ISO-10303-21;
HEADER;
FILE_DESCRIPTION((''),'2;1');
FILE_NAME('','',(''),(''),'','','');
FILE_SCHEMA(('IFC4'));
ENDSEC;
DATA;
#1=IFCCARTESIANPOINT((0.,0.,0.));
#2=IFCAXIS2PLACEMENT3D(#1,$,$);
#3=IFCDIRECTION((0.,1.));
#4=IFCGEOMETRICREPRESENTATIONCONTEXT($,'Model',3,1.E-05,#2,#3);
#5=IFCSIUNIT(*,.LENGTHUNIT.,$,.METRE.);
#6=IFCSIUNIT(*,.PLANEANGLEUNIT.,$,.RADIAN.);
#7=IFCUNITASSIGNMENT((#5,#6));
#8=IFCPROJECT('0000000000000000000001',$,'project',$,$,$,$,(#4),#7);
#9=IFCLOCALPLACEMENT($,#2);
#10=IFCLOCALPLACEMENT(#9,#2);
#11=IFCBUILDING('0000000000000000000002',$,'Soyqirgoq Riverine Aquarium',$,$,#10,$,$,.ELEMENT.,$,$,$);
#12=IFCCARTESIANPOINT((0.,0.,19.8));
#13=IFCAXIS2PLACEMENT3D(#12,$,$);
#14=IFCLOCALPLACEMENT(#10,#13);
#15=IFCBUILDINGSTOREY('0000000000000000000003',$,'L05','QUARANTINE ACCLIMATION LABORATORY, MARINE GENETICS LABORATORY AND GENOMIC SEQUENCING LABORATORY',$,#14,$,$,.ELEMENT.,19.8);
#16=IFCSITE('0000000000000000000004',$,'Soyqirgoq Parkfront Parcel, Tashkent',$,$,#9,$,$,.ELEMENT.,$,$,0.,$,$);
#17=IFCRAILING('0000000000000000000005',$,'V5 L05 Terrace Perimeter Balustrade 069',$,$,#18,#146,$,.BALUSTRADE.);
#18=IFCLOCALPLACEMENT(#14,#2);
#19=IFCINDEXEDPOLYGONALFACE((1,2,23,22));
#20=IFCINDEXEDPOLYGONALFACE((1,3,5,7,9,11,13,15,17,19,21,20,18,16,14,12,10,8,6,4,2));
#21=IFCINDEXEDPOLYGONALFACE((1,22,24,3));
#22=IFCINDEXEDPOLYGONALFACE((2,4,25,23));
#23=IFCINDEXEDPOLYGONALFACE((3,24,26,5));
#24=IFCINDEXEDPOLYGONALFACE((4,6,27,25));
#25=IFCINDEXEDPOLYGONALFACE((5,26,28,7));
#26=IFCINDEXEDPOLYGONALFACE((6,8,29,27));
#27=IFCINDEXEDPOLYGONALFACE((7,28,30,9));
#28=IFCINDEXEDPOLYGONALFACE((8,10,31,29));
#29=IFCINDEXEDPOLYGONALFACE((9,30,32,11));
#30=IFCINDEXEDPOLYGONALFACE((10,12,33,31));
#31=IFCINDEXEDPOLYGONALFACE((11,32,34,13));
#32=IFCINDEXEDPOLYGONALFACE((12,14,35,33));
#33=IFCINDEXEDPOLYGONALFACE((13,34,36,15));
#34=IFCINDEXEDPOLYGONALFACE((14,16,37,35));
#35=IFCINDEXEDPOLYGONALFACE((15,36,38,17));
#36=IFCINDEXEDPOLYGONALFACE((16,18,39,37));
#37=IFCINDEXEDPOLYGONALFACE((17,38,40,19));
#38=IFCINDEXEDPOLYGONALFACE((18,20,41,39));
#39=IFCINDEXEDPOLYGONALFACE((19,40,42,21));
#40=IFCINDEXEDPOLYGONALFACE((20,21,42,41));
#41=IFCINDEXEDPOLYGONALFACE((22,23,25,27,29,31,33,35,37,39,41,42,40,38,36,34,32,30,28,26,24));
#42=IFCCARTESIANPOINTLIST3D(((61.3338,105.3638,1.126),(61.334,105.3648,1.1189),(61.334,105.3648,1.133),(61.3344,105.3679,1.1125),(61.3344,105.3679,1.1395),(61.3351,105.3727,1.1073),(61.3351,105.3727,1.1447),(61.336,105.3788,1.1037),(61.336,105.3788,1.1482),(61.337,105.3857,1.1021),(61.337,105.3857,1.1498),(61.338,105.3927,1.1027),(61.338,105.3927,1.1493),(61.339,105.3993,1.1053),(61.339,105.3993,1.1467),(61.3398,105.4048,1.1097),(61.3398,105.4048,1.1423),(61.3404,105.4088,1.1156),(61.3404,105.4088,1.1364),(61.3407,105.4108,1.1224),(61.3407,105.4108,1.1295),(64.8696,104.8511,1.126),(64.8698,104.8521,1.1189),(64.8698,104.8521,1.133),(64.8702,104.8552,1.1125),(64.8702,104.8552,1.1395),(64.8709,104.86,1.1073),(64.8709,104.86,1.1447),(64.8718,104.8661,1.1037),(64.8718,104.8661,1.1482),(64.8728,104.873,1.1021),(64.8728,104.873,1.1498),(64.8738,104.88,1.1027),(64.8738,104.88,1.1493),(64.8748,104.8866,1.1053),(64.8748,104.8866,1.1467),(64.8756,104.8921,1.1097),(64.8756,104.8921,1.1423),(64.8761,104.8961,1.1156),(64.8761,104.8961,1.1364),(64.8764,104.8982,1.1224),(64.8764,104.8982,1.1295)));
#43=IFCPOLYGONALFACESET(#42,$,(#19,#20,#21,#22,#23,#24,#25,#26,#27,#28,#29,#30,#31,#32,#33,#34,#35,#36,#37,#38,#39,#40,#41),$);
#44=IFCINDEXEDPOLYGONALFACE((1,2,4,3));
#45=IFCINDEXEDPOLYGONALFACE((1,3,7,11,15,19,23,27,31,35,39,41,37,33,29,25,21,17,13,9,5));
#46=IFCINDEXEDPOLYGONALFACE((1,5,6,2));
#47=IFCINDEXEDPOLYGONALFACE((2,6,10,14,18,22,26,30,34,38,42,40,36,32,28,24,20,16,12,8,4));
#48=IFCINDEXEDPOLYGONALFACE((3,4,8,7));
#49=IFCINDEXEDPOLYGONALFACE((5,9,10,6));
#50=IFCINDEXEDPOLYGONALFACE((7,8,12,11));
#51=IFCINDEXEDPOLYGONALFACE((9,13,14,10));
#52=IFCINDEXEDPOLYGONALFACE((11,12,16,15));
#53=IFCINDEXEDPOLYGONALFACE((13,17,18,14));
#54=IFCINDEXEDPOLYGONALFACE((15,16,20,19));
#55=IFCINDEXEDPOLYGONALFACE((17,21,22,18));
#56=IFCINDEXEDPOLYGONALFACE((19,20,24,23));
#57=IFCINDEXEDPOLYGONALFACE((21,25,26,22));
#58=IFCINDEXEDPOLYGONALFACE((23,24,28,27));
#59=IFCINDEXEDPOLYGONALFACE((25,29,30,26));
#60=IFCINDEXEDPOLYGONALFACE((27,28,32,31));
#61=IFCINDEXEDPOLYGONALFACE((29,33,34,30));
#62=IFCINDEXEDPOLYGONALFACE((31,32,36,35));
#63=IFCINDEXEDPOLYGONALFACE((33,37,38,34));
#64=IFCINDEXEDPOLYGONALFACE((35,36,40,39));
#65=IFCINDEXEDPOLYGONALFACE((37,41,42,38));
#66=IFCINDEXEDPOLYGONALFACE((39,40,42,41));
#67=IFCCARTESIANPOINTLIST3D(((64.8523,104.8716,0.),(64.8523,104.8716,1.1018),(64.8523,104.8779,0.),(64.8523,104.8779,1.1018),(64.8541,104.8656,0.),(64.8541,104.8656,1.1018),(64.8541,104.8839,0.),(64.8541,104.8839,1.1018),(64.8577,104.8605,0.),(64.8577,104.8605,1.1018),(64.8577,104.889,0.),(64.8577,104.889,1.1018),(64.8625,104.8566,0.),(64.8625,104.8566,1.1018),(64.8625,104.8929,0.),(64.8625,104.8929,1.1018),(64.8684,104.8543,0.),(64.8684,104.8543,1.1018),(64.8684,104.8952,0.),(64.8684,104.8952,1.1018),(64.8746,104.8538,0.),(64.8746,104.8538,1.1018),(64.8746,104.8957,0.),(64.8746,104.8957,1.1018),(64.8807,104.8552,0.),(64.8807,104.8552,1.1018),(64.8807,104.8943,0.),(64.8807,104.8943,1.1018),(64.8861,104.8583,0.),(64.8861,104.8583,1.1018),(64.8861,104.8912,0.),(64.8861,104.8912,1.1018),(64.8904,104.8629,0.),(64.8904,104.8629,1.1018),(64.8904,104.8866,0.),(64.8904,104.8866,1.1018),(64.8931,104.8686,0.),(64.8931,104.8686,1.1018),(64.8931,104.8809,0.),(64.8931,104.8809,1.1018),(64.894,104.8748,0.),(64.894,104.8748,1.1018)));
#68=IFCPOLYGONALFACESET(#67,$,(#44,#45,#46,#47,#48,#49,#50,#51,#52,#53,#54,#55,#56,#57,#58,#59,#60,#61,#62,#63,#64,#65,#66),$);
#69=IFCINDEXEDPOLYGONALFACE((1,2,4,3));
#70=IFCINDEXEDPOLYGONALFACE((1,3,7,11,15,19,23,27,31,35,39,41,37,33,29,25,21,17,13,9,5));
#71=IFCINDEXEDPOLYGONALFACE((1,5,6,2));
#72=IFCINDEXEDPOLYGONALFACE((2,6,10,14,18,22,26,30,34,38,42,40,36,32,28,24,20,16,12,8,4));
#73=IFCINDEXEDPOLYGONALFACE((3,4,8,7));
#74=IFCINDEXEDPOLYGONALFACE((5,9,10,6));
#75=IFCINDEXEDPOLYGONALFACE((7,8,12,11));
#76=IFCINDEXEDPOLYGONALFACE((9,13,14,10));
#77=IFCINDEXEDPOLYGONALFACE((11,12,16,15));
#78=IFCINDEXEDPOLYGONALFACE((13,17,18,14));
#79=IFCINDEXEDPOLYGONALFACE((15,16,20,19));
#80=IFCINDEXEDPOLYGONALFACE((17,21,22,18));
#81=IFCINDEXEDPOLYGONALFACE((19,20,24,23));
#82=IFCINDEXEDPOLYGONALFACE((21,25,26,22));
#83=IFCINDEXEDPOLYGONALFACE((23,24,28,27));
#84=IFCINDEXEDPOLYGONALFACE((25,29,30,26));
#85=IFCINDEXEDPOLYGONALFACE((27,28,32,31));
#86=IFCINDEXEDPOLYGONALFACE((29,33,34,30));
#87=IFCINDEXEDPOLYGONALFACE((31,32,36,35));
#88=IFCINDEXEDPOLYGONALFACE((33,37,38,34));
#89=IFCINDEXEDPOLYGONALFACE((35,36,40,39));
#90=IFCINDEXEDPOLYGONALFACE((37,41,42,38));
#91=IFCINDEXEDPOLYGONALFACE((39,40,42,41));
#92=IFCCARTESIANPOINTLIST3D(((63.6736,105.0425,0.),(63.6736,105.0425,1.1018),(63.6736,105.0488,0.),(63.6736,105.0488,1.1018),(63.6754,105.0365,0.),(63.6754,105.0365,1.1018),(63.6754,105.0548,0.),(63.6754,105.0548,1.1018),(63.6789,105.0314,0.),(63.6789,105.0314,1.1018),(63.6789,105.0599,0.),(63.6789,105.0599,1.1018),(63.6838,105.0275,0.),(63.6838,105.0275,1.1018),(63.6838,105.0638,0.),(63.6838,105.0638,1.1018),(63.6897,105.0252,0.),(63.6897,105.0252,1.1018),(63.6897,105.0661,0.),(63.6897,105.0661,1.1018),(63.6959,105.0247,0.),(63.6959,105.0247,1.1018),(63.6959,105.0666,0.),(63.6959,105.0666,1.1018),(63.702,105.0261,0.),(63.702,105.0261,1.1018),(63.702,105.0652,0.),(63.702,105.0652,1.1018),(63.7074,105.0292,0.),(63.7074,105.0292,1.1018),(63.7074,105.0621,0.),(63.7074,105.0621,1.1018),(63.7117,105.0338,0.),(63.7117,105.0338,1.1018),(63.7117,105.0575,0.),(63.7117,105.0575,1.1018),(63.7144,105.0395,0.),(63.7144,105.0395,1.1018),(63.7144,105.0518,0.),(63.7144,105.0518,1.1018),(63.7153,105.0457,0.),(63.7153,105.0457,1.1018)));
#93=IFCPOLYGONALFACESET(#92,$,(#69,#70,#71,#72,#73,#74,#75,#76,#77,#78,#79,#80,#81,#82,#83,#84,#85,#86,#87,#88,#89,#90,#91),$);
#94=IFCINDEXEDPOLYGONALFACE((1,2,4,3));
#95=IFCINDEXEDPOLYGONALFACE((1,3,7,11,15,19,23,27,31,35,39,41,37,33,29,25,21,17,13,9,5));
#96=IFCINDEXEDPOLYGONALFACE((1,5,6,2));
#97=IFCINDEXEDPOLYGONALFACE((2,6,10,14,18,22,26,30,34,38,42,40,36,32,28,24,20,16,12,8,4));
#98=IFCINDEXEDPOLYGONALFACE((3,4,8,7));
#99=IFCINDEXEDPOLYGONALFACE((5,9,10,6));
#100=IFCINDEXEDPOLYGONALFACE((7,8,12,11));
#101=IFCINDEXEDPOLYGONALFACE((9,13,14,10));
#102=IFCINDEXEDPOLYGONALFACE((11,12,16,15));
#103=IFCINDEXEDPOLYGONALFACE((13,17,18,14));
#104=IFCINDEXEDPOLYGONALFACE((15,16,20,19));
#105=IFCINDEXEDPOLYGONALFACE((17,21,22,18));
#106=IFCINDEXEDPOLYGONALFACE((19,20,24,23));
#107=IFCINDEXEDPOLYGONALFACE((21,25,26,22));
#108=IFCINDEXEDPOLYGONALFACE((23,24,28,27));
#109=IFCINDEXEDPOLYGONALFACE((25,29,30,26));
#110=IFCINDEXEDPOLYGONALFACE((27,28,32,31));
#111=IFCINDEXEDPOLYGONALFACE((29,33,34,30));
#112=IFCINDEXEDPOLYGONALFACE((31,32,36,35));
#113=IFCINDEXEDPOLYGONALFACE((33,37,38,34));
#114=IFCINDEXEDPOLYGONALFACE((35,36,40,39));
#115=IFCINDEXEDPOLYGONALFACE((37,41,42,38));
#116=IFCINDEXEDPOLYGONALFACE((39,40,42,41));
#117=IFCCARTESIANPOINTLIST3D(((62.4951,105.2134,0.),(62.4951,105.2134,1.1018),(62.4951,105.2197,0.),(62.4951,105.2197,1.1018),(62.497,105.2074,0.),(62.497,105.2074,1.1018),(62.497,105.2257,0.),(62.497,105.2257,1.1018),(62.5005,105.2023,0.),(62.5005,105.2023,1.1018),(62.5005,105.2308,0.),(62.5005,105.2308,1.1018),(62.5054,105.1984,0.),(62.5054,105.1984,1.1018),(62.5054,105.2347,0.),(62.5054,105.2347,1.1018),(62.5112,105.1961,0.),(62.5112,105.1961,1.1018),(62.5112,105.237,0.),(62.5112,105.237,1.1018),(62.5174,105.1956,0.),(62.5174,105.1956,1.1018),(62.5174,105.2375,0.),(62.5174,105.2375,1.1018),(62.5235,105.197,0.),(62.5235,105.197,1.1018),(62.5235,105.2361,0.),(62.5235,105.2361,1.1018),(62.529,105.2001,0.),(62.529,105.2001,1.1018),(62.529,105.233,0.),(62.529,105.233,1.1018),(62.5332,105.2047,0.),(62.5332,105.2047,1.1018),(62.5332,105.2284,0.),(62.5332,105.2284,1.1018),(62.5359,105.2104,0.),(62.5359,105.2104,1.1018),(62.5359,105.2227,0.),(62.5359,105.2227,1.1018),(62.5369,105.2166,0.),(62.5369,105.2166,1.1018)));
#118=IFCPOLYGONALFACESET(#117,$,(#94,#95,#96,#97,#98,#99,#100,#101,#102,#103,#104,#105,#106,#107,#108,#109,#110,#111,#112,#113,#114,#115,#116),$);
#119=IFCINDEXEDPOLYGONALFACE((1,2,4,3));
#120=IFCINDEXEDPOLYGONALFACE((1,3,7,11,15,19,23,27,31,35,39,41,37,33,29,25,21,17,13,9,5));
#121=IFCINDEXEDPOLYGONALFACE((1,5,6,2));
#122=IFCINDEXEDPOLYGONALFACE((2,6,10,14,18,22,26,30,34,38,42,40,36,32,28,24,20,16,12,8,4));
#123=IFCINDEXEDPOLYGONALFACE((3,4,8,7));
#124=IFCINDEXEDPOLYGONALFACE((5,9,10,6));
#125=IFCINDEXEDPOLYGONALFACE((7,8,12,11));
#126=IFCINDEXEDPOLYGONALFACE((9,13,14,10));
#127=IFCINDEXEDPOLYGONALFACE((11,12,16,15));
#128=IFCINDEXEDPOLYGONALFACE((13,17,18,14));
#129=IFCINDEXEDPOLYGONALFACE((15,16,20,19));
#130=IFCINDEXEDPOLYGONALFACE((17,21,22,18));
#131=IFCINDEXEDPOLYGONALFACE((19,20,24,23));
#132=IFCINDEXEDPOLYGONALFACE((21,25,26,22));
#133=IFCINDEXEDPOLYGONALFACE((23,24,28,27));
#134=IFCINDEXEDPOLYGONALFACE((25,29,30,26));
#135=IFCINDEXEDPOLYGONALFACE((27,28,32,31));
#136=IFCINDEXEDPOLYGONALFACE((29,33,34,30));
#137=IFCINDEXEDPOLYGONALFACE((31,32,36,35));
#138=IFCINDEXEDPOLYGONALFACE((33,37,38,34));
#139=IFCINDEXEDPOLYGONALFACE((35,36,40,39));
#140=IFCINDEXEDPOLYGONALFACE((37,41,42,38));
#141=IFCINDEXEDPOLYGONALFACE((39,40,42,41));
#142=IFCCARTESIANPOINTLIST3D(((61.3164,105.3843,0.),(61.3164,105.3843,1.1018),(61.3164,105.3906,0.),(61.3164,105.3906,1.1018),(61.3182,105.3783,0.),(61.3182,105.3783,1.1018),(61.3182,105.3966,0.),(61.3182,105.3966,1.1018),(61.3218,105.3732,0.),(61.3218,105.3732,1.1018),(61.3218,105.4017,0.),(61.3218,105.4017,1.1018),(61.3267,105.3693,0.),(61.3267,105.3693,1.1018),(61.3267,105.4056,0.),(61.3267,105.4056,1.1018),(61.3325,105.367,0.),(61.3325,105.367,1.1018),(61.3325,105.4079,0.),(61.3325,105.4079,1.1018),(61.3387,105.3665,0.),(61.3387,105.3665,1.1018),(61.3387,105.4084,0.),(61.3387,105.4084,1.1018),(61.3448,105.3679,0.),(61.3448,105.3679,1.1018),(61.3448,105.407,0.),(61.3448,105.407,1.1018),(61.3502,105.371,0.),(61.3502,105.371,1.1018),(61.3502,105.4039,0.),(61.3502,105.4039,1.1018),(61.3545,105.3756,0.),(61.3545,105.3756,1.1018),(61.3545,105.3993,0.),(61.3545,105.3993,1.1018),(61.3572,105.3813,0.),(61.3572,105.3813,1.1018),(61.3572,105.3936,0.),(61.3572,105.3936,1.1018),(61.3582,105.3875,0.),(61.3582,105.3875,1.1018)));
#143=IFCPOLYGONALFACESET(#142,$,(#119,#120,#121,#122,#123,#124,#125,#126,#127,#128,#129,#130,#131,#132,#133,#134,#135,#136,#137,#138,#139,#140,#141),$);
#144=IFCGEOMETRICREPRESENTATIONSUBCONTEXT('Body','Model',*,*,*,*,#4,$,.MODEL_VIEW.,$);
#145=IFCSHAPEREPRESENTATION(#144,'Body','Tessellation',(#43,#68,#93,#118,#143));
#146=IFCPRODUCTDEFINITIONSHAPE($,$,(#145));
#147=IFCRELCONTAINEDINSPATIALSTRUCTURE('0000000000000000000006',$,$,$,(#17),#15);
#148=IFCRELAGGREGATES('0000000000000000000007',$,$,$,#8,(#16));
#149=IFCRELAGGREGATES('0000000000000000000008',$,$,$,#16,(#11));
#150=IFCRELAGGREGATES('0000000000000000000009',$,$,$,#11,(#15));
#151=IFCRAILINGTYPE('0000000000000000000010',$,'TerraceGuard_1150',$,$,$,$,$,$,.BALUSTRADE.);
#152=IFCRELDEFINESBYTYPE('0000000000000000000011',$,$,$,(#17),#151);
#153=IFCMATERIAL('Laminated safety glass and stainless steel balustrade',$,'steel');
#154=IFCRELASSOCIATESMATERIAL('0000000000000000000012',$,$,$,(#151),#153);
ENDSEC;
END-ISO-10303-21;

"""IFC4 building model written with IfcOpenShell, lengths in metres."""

from ifc_helpers import new_model, si_unit, direction, frame, origin, origin_2d, place, context, subcontext, project, spatial, circle, extrude, material, type_object, element, save


model = new_model("IFC4")

# Units and contexts
model_context = context("Model", 3, precision=1e-05, world=origin(), true_north=direction((0.0, 1.0)))
body_context = subcontext(model_context, "Body", "Model", "MODEL_VIEW")
ifc_project = project(units=[si_unit("LENGTHUNIT", "METRE"), si_unit("PLANEANGLEUNIT", "RADIAN")], contexts=[model_context])

# Site, building, storey
site_placement = place(None, origin())
site = spatial("IfcSite", under=ifc_project, at=site_placement, Name="Soyqirgoq Parkfront Parcel, Tashkent", CompositionType="ELEMENT", RefElevation=0.0)
building_placement = place(site_placement, origin())
building = spatial("IfcBuilding", under=site, at=building_placement, Name="Soyqirgoq Riverine Aquarium", CompositionType="ELEMENT")
storey_placement = place(building_placement, frame((0.0, 0.0, 19.8)))
storey = spatial("IfcBuildingStorey", under=building, at=storey_placement, Name="L05", Description="QUARANTINE ACCLIMATION LABORATORY, MARINE GENETICS LABORATORY AND GENOMIC SEQUENCING LABORATORY", CompositionType="ELEMENT", Elevation=19.8)

# Railing
ifc_material_1 = material(Name="Laminated safety glass and stainless steel balustrade", Category="steel")
railing_type_1 = type_object("IfcRailingType", Name="TerraceGuard_1150", PredefinedType="BALUSTRADE", material=ifc_material_1)
railing_1_placement = place(storey_placement, frame((64.873, 104.8748, 0.0)))
element("IfcRailing", 1, at=railing_1_placement, inside=storey, type_object=railing_type_1, Name="V5 L05 Terrace Perimeter Balustrade 069", PredefinedType="BALUSTRADE", context=body_context, shape_type="SweptSolid", body=[
    extrude(circle(Radius=0.0239, at=origin_2d()), frame((0.0, 0.0, 1.126), z_axis=(-0.989651, 0.143497, 0.0), x_axis=(-0.143497, -0.989651, 0.0)), (0.0, 0.0, 1.0), 3.5728),
    extrude(circle(Radius=0.021, at=origin_2d()), origin(), (0.0, 0.0, 1.0), 1.1018),
    extrude(circle(Radius=0.021, at=origin_2d()), frame((-1.1787, 0.1709, 0.0)), (0.0, 0.0, 1.0), 1.1018),
    extrude(circle(Radius=0.021, at=origin_2d()), frame((-2.3572, 0.3418, 0.0)), (0.0, 0.0, 1.0), 1.1018),
    extrude(circle(Radius=0.021, at=origin_2d()), frame((-3.5359, 0.5127, 0.0)), (0.0, 0.0, 1.0), 1.1018),
])

save(model, "model.ifc")
